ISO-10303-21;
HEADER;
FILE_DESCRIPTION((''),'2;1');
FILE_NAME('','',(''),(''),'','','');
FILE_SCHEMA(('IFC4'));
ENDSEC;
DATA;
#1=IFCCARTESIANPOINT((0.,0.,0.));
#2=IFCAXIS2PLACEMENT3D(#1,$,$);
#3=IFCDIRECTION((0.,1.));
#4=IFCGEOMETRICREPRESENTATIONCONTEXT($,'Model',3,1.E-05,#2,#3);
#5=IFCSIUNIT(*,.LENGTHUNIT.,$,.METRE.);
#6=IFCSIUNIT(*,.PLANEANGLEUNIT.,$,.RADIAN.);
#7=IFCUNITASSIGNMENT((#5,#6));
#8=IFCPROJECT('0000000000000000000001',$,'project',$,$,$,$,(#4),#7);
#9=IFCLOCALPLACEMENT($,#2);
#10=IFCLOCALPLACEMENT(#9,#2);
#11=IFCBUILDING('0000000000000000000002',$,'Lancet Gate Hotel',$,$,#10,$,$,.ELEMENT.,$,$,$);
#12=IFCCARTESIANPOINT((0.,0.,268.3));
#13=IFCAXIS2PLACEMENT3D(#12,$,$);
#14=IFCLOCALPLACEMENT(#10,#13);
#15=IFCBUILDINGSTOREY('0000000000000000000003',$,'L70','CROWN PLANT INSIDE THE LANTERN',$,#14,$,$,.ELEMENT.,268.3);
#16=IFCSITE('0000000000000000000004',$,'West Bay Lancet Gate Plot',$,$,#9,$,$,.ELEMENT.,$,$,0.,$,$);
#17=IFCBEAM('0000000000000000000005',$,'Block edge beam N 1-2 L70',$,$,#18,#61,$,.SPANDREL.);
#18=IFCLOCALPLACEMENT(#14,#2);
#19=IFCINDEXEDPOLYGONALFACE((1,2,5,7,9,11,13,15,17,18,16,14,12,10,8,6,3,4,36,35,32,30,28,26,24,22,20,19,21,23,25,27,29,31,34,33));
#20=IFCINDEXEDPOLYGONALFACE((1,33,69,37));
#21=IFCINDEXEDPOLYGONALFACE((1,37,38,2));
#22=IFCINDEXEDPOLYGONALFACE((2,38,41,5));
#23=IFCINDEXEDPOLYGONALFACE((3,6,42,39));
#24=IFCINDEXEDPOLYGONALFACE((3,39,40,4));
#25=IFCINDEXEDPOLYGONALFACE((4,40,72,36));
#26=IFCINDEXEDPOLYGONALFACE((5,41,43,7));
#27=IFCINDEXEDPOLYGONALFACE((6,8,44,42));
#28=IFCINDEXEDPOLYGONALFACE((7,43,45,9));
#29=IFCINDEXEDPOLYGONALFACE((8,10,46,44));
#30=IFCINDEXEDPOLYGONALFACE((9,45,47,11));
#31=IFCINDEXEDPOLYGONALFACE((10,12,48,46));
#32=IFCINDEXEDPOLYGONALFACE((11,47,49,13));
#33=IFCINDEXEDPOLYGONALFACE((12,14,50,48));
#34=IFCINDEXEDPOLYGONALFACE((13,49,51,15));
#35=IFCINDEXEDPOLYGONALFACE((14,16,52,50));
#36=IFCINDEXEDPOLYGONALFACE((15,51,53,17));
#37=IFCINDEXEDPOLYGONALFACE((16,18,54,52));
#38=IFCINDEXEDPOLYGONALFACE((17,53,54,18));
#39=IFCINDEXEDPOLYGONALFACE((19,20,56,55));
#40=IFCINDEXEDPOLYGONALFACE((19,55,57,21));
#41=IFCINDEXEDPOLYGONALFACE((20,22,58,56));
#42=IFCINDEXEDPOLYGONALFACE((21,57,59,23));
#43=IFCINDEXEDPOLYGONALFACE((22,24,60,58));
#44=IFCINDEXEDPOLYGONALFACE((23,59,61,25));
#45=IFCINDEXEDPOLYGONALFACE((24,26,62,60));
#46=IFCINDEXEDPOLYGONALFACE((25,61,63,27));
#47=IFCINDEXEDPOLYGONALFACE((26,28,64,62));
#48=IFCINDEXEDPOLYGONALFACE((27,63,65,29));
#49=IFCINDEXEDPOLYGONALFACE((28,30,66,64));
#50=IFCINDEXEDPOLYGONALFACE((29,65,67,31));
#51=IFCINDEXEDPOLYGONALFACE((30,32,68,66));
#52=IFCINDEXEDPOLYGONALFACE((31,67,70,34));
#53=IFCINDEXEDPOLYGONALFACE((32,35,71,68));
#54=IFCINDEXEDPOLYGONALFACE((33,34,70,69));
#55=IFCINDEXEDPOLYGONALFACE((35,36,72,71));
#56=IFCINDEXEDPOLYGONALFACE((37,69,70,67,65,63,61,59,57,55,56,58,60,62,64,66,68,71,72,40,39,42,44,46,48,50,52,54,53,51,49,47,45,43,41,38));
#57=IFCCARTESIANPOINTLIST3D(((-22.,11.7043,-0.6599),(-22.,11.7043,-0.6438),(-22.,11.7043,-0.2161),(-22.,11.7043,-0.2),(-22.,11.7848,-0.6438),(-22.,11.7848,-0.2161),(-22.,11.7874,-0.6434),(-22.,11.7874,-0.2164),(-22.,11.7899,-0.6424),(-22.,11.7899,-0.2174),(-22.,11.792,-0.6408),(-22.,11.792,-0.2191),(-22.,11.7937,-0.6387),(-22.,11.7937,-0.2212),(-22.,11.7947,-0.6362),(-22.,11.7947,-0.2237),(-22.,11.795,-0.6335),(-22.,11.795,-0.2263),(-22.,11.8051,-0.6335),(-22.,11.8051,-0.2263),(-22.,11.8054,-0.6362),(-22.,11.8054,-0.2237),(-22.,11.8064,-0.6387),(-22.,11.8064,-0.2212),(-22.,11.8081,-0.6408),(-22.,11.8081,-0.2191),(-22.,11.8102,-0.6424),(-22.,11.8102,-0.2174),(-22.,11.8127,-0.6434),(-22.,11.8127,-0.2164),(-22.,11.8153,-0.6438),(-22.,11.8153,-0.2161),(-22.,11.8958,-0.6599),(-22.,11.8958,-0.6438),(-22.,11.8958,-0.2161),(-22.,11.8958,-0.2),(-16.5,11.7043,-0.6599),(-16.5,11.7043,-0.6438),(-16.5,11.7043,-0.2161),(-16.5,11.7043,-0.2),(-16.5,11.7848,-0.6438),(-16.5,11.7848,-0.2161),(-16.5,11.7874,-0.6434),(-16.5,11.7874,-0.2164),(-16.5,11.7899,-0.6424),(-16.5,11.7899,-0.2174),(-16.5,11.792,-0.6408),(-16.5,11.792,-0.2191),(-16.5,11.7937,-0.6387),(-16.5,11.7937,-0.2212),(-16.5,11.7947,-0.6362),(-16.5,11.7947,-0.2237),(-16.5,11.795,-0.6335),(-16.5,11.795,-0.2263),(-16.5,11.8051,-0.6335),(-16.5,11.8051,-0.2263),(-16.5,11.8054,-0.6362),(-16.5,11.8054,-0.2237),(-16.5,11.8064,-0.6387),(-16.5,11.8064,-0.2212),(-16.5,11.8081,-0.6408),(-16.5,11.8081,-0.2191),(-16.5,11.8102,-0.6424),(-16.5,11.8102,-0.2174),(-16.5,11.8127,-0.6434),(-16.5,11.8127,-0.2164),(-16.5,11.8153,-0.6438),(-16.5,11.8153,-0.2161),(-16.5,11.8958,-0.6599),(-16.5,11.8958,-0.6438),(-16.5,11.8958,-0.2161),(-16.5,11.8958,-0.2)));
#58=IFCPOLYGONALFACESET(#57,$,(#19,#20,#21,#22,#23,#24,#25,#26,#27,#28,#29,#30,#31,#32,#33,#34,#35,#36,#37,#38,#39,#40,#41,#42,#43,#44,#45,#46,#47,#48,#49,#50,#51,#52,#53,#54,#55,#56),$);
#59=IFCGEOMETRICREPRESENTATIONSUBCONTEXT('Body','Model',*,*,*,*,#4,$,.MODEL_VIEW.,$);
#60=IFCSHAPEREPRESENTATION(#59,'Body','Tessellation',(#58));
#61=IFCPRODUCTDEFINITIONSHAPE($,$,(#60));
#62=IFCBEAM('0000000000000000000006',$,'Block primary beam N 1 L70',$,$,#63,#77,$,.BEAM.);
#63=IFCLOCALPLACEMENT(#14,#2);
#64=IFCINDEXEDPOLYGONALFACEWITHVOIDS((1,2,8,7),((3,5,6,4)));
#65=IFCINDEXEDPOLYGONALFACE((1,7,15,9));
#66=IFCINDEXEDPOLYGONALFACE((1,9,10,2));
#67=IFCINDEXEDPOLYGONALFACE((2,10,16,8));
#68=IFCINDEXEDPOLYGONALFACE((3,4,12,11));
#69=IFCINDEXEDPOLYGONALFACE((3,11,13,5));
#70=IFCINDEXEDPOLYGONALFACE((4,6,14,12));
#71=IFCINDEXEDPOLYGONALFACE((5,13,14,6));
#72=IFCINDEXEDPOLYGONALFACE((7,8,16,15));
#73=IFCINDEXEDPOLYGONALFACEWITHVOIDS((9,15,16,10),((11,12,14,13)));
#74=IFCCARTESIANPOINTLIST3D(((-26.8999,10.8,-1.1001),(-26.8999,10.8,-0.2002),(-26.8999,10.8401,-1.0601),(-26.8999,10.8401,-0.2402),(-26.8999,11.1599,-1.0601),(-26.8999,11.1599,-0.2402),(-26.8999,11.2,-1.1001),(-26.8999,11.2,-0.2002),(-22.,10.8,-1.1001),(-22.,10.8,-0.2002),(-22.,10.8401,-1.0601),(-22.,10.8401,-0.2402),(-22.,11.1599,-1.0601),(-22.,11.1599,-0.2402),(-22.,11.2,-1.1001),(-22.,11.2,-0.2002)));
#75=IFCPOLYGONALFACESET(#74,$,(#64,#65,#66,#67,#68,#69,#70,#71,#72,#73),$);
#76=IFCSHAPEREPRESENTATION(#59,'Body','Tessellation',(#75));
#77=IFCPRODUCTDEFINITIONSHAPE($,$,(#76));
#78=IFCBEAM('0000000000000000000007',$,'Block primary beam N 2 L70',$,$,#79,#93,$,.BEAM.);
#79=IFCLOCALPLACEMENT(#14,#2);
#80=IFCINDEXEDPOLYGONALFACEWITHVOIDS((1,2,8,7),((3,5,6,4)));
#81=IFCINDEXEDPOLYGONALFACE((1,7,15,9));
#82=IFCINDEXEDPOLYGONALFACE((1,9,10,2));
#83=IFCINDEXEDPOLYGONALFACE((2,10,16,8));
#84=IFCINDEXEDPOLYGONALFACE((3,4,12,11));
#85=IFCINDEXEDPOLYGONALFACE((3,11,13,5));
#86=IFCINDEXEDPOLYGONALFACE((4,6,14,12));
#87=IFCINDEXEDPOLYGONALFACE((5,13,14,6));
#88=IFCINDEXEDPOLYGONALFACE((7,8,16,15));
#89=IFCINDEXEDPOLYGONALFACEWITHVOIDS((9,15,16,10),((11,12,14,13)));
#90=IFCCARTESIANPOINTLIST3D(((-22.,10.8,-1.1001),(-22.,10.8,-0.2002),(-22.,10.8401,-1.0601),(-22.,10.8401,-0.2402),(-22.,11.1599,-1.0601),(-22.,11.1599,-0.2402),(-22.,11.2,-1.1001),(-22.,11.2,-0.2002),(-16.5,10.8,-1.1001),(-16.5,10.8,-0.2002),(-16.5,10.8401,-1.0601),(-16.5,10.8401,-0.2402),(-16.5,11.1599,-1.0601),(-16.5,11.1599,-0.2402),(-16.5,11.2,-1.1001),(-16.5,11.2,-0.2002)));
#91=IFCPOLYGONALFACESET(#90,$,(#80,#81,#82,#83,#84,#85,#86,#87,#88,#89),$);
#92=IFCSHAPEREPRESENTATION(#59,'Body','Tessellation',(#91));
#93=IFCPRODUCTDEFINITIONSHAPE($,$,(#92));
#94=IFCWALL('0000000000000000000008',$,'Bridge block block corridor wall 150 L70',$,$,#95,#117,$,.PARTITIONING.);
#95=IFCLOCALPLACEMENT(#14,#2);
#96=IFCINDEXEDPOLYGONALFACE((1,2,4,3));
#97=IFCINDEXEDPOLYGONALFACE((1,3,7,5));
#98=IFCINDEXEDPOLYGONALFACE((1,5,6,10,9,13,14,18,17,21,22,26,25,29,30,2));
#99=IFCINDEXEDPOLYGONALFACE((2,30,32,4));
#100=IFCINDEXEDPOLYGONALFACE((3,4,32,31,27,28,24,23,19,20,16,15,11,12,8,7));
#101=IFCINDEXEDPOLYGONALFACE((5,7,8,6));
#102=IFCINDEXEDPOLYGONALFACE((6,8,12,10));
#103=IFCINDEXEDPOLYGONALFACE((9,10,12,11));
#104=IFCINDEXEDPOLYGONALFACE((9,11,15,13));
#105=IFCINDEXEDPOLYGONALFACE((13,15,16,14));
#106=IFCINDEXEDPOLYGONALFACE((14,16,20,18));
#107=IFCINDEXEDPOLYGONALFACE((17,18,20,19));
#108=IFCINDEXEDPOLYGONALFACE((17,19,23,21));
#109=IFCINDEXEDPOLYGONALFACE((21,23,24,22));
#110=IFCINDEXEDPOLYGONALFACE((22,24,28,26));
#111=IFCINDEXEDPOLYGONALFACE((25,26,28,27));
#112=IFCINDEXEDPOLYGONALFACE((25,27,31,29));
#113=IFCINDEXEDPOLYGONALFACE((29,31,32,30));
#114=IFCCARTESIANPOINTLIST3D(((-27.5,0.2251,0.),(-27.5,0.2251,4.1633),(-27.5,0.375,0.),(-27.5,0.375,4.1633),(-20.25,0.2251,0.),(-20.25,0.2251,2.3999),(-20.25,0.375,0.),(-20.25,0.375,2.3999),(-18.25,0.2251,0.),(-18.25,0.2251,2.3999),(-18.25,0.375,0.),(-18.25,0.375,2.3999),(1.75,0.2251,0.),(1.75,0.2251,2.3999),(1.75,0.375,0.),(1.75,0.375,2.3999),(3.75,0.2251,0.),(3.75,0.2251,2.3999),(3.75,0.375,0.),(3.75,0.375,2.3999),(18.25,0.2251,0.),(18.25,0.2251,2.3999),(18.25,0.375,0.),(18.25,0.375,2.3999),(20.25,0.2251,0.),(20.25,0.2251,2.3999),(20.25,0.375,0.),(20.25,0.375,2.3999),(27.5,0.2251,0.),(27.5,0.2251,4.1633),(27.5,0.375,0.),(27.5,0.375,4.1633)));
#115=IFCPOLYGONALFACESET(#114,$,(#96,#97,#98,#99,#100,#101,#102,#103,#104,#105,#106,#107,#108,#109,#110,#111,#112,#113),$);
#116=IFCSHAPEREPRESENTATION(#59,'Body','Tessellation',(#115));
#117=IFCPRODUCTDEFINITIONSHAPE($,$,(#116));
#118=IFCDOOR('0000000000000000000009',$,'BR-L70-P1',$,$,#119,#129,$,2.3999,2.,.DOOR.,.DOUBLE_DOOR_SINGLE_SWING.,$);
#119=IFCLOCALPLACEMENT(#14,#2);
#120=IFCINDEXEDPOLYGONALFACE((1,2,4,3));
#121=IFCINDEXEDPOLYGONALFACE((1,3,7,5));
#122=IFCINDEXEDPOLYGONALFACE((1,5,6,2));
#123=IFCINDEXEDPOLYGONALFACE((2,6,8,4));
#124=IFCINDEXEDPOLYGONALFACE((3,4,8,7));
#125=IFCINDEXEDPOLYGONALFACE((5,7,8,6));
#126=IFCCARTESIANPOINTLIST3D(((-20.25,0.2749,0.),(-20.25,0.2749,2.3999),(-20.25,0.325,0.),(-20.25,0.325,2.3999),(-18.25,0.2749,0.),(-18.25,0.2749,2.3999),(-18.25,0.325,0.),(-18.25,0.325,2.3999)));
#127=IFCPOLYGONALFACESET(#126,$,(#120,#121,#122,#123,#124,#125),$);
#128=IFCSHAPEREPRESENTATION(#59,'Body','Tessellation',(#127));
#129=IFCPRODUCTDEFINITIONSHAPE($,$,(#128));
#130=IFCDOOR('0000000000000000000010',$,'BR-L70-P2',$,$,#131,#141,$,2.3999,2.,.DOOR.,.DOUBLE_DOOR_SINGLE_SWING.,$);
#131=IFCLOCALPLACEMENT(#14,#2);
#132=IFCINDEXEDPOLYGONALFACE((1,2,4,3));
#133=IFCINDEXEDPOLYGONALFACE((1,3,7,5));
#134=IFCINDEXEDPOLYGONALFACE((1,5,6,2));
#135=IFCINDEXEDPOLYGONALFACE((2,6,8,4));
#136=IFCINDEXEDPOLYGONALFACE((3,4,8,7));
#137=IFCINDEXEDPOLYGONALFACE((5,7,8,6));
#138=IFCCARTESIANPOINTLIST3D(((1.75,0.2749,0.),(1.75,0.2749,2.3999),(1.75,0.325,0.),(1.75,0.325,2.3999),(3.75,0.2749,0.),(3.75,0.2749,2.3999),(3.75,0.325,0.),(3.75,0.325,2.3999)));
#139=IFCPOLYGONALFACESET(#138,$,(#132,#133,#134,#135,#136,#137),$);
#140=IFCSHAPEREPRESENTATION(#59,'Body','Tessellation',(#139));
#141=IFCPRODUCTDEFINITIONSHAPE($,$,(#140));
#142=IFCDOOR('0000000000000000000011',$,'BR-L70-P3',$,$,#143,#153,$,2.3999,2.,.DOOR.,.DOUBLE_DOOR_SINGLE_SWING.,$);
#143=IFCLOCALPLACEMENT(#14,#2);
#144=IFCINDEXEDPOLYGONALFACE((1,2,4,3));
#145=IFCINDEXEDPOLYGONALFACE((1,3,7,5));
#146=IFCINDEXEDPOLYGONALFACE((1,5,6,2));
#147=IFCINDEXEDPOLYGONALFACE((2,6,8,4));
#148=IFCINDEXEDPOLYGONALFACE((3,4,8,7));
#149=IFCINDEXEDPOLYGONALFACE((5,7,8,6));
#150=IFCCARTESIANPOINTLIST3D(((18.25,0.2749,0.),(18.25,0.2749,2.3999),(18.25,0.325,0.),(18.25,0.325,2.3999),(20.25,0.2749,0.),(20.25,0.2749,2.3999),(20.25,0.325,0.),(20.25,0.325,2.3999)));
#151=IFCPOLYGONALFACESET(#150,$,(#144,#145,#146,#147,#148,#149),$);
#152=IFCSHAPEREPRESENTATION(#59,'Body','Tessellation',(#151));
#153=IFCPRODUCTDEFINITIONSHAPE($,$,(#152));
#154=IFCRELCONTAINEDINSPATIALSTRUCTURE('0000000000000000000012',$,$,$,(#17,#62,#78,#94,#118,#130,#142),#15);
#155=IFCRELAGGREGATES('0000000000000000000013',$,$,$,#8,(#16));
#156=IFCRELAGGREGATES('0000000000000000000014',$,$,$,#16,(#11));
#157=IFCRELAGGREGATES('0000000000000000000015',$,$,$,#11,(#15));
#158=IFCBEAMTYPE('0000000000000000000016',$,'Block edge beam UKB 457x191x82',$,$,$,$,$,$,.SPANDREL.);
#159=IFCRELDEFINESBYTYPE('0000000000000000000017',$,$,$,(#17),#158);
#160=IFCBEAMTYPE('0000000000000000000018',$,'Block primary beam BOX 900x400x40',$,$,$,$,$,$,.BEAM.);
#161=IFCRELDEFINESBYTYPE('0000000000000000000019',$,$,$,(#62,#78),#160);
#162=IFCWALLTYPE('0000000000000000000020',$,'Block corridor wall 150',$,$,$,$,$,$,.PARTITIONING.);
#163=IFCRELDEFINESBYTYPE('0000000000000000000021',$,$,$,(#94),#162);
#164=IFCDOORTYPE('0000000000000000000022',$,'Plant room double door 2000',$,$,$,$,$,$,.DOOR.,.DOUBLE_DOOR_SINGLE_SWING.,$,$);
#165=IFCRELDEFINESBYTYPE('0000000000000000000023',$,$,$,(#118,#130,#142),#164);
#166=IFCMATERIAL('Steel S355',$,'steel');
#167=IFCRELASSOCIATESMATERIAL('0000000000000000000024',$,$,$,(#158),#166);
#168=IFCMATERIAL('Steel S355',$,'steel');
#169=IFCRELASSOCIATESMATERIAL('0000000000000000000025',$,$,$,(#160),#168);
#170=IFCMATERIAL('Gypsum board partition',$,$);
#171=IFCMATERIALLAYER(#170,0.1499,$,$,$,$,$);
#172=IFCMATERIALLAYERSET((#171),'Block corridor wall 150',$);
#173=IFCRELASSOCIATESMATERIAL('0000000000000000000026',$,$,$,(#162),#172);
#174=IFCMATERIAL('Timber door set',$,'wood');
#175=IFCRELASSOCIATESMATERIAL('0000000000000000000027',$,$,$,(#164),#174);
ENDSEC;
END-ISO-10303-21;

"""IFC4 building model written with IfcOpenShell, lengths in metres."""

from ifc_helpers import new_model, si_unit, direction, frame, frame_2d, origin, origin_2d, place, context, subcontext, project, spatial, rectangle, hollow_rectangle, i_section, extrude, material, layer, layer_set, material_profile, profile_set, type_object, element, fill, save


model = new_model("IFC4")

# Units and contexts
model_context = context("Model", 3, precision=1e-05, world=origin(), true_north=direction((0.0, 1.0)))
body_context = subcontext(model_context, "Body", "Model", "MODEL_VIEW")
ifc_project = project(units=[si_unit("LENGTHUNIT", "METRE"), si_unit("PLANEANGLEUNIT", "RADIAN")], contexts=[model_context])

# Site, building, storey
site_placement = place(None, origin())
site = spatial("IfcSite", under=ifc_project, at=site_placement, Name="West Bay Lancet Gate Plot", CompositionType="ELEMENT", RefElevation=0.0)
building_placement = place(site_placement, origin())
building = spatial("IfcBuilding", under=site, at=building_placement, Name="Lancet Gate Hotel", CompositionType="ELEMENT")
storey_placement = place(building_placement, frame((0.0, 0.0, 268.3)))
storey = spatial("IfcBuildingStorey", under=building, at=storey_placement, Name="L70", Description="CROWN PLANT INSIDE THE LANTERN", CompositionType="ELEMENT", Elevation=268.3)

# Beams
ifc_material_1 = material(Name="Steel S355", Category="steel")
ifc_material_profile_1 = material_profile(ifc_material_1, i_section(OverallWidth=0.1914, OverallDepth=0.46, WebThickness=0.01, FlangeThickness=0.0161, FilletRadius=0.0103, at=origin_2d()), Name="UKB 457x191x82")
ifc_profile_set_1 = profile_set([ifc_material_profile_1], Name="Steel S355")
beam_type_1 = type_object("IfcBeamType", Name="Block edge beam UKB 457x191x82", PredefinedType="SPANDREL", material=ifc_profile_set_1)
beam_1_placement = place(storey_placement, frame((-22.0, 11.8, -0.4299), z_axis=(1.0, 0.0, 0.0), x_axis=(0.0, 1.0, 0.0)))
element("IfcBeam", 1, at=beam_1_placement, inside=storey, type_object=beam_type_1, Name="Block edge beam N 1-2 L70", PredefinedType="SPANDREL", context=body_context, shape_type="SweptSolid", body=[
    extrude(i_section(OverallWidth=0.1914, OverallDepth=0.46, WebThickness=0.01, FlangeThickness=0.0161, FilletRadius=0.0103, at=origin_2d()), origin(), (0.0, 0.0, 1.0), 5.5),
])
ifc_material_2 = material(Name="Steel S355", Category="steel")
ifc_material_profile_2 = material_profile(ifc_material_2, hollow_rectangle(XDim=0.3999, YDim=0.8999, WallThickness=0.04, at=origin_2d()), Name="BOX 900x400x40")
ifc_profile_set_2 = profile_set([ifc_material_profile_2], Name="Steel S355")
beam_type_2 = type_object("IfcBeamType", Name="Block primary beam BOX 900x400x40", PredefinedType="BEAM", material=ifc_profile_set_2)
beam_2_placement = place(storey_placement, frame((-26.8999, 11.0, -0.6501), z_axis=(1.0, 0.0, 0.0), x_axis=(0.0, 1.0, 0.0)))
element("IfcBeam", 2, at=beam_2_placement, inside=storey, type_object=beam_type_2, Name="Block primary beam N 1 L70", PredefinedType="BEAM", context=body_context, shape_type="SweptSolid", body=[
    extrude(hollow_rectangle(XDim=0.3999, YDim=0.8999, WallThickness=0.04, at=origin_2d()), origin(), (0.0, 0.0, 1.0), 4.8999),
])
beam_3_placement = place(storey_placement, frame((-22.0, 11.0, -0.6501), z_axis=(1.0, 0.0, 0.0), x_axis=(0.0, 1.0, 0.0)))
element("IfcBeam", 3, at=beam_3_placement, inside=storey, type_object=beam_type_2, Name="Block primary beam N 2 L70", PredefinedType="BEAM", context=body_context, shape_type="SweptSolid", body=[
    extrude(hollow_rectangle(XDim=0.3999, YDim=0.8999, WallThickness=0.04, at=origin_2d()), origin(), (0.0, 0.0, 1.0), 5.5),
])

# Wall, openings, doors
ifc_material_3 = material(Name="Gypsum board partition")
ifc_layer_1 = layer(ifc_material_3, 0.1499)
ifc_layer_set_1 = layer_set([ifc_layer_1], Name="Block corridor wall 150")
wall_type_1 = type_object("IfcWallType", Name="Block corridor wall 150", PredefinedType="PARTITIONING", material=ifc_layer_set_1)
wall_1_placement = place(storey_placement, frame((-27.5, 0.3, 0.0), z_axis=(0.0, 0.0, 1.0), x_axis=(1.0, 0.0, 0.0)))
wall_1 = element("IfcWall", 4, at=wall_1_placement, inside=storey, type_object=wall_type_1, Name="Bridge block block corridor wall 150 L70", PredefinedType="PARTITIONING", context=body_context, shape_type="SweptSolid", body=[
    extrude(rectangle(XDim=55.0, YDim=0.1499, at=frame_2d((27.5, 0.0))), origin(), (0.0, 0.0, 1.0), 4.1633),
])
opening_1_placement = place(wall_1_placement, frame((7.25, 0.0, 0.0)))
opening_1 = element("IfcOpeningElement", 5, at=opening_1_placement, cuts=wall_1, PredefinedType="OPENING", context=body_context, shape_type="SweptSolid", body=[
    extrude(rectangle(XDim=2.0, YDim=2.3999, at=frame_2d((1.0, 1.2))), frame((0.0, 0.085, 0.0), z_axis=(0.0, -1.0, 0.0), x_axis=(1.0, 0.0, 0.0)), (0.0, 0.0, 1.0), 0.1699),
])
opening_2_placement = place(wall_1_placement, frame((29.25, 0.0, 0.0)))
opening_2 = element("IfcOpeningElement", 6, at=opening_2_placement, cuts=wall_1, PredefinedType="OPENING", context=body_context, shape_type="SweptSolid", body=[
    extrude(rectangle(XDim=2.0, YDim=2.3999, at=frame_2d((1.0, 1.2))), frame((0.0, 0.085, 0.0), z_axis=(0.0, -1.0, 0.0), x_axis=(1.0, 0.0, 0.0)), (0.0, 0.0, 1.0), 0.1699),
])
opening_3_placement = place(wall_1_placement, frame((45.75, 0.0, 0.0)))
opening_3 = element("IfcOpeningElement", 7, at=opening_3_placement, cuts=wall_1, PredefinedType="OPENING", context=body_context, shape_type="SweptSolid", body=[
    extrude(rectangle(XDim=2.0, YDim=2.3999, at=frame_2d((1.0, 1.2))), frame((0.0, 0.085, 0.0), z_axis=(0.0, -1.0, 0.0), x_axis=(1.0, 0.0, 0.0)), (0.0, 0.0, 1.0), 0.1699),
])
ifc_material_4 = material(Name="Timber door set", Category="wood")
door_type_1 = type_object("IfcDoorType", Name="Plant room double door 2000", OperationType="DOUBLE_DOOR_SINGLE_SWING", PredefinedType="DOOR", material=ifc_material_4)
door_1_placement = place(opening_1_placement, origin())
door_1 = element("IfcDoor", 8, at=door_1_placement, inside=storey, type_object=door_type_1, Name="BR-L70-P1", OperationType="DOUBLE_DOOR_SINGLE_SWING", OverallHeight=2.3999, OverallWidth=2.0, PredefinedType="DOOR", context=body_context, shape_type="SweptSolid", body=[
    extrude(rectangle(XDim=2.0, YDim=2.3999, at=frame_2d((1.0, 1.2))), frame((0.0, 0.0249, 0.0), z_axis=(0.0, -1.0, 0.0), x_axis=(1.0, 0.0, 0.0)), (0.0, 0.0, 1.0), 0.05),
])
fill(opening_1, door_1)
door_2_placement = place(opening_2_placement, origin())
door_2 = element("IfcDoor", 9, at=door_2_placement, inside=storey, type_object=door_type_1, Name="BR-L70-P2", OperationType="DOUBLE_DOOR_SINGLE_SWING", OverallHeight=2.3999, OverallWidth=2.0, PredefinedType="DOOR", context=body_context, shape_type="SweptSolid", body=[
    extrude(rectangle(XDim=2.0, YDim=2.3999, at=frame_2d((1.0, 1.2))), frame((0.0, 0.0249, 0.0), z_axis=(0.0, -1.0, 0.0), x_axis=(1.0, 0.0, 0.0)), (0.0, 0.0, 1.0), 0.05),
])
fill(opening_2, door_2)
door_3_placement = place(opening_3_placement, origin())
door_3 = element("IfcDoor", 10, at=door_3_placement, inside=storey, type_object=door_type_1, Name="BR-L70-P3", OperationType="DOUBLE_DOOR_SINGLE_SWING", OverallHeight=2.3999, OverallWidth=2.0, PredefinedType="DOOR", context=body_context, shape_type="SweptSolid", body=[
    extrude(rectangle(XDim=2.0, YDim=2.3999, at=frame_2d((1.0, 1.2))), frame((0.0, 0.0249, 0.0), z_axis=(0.0, -1.0, 0.0), x_axis=(1.0, 0.0, 0.0)), (0.0, 0.0, 1.0), 0.05),
])
fill(opening_3, door_3)

save(model, "model.ifc")
